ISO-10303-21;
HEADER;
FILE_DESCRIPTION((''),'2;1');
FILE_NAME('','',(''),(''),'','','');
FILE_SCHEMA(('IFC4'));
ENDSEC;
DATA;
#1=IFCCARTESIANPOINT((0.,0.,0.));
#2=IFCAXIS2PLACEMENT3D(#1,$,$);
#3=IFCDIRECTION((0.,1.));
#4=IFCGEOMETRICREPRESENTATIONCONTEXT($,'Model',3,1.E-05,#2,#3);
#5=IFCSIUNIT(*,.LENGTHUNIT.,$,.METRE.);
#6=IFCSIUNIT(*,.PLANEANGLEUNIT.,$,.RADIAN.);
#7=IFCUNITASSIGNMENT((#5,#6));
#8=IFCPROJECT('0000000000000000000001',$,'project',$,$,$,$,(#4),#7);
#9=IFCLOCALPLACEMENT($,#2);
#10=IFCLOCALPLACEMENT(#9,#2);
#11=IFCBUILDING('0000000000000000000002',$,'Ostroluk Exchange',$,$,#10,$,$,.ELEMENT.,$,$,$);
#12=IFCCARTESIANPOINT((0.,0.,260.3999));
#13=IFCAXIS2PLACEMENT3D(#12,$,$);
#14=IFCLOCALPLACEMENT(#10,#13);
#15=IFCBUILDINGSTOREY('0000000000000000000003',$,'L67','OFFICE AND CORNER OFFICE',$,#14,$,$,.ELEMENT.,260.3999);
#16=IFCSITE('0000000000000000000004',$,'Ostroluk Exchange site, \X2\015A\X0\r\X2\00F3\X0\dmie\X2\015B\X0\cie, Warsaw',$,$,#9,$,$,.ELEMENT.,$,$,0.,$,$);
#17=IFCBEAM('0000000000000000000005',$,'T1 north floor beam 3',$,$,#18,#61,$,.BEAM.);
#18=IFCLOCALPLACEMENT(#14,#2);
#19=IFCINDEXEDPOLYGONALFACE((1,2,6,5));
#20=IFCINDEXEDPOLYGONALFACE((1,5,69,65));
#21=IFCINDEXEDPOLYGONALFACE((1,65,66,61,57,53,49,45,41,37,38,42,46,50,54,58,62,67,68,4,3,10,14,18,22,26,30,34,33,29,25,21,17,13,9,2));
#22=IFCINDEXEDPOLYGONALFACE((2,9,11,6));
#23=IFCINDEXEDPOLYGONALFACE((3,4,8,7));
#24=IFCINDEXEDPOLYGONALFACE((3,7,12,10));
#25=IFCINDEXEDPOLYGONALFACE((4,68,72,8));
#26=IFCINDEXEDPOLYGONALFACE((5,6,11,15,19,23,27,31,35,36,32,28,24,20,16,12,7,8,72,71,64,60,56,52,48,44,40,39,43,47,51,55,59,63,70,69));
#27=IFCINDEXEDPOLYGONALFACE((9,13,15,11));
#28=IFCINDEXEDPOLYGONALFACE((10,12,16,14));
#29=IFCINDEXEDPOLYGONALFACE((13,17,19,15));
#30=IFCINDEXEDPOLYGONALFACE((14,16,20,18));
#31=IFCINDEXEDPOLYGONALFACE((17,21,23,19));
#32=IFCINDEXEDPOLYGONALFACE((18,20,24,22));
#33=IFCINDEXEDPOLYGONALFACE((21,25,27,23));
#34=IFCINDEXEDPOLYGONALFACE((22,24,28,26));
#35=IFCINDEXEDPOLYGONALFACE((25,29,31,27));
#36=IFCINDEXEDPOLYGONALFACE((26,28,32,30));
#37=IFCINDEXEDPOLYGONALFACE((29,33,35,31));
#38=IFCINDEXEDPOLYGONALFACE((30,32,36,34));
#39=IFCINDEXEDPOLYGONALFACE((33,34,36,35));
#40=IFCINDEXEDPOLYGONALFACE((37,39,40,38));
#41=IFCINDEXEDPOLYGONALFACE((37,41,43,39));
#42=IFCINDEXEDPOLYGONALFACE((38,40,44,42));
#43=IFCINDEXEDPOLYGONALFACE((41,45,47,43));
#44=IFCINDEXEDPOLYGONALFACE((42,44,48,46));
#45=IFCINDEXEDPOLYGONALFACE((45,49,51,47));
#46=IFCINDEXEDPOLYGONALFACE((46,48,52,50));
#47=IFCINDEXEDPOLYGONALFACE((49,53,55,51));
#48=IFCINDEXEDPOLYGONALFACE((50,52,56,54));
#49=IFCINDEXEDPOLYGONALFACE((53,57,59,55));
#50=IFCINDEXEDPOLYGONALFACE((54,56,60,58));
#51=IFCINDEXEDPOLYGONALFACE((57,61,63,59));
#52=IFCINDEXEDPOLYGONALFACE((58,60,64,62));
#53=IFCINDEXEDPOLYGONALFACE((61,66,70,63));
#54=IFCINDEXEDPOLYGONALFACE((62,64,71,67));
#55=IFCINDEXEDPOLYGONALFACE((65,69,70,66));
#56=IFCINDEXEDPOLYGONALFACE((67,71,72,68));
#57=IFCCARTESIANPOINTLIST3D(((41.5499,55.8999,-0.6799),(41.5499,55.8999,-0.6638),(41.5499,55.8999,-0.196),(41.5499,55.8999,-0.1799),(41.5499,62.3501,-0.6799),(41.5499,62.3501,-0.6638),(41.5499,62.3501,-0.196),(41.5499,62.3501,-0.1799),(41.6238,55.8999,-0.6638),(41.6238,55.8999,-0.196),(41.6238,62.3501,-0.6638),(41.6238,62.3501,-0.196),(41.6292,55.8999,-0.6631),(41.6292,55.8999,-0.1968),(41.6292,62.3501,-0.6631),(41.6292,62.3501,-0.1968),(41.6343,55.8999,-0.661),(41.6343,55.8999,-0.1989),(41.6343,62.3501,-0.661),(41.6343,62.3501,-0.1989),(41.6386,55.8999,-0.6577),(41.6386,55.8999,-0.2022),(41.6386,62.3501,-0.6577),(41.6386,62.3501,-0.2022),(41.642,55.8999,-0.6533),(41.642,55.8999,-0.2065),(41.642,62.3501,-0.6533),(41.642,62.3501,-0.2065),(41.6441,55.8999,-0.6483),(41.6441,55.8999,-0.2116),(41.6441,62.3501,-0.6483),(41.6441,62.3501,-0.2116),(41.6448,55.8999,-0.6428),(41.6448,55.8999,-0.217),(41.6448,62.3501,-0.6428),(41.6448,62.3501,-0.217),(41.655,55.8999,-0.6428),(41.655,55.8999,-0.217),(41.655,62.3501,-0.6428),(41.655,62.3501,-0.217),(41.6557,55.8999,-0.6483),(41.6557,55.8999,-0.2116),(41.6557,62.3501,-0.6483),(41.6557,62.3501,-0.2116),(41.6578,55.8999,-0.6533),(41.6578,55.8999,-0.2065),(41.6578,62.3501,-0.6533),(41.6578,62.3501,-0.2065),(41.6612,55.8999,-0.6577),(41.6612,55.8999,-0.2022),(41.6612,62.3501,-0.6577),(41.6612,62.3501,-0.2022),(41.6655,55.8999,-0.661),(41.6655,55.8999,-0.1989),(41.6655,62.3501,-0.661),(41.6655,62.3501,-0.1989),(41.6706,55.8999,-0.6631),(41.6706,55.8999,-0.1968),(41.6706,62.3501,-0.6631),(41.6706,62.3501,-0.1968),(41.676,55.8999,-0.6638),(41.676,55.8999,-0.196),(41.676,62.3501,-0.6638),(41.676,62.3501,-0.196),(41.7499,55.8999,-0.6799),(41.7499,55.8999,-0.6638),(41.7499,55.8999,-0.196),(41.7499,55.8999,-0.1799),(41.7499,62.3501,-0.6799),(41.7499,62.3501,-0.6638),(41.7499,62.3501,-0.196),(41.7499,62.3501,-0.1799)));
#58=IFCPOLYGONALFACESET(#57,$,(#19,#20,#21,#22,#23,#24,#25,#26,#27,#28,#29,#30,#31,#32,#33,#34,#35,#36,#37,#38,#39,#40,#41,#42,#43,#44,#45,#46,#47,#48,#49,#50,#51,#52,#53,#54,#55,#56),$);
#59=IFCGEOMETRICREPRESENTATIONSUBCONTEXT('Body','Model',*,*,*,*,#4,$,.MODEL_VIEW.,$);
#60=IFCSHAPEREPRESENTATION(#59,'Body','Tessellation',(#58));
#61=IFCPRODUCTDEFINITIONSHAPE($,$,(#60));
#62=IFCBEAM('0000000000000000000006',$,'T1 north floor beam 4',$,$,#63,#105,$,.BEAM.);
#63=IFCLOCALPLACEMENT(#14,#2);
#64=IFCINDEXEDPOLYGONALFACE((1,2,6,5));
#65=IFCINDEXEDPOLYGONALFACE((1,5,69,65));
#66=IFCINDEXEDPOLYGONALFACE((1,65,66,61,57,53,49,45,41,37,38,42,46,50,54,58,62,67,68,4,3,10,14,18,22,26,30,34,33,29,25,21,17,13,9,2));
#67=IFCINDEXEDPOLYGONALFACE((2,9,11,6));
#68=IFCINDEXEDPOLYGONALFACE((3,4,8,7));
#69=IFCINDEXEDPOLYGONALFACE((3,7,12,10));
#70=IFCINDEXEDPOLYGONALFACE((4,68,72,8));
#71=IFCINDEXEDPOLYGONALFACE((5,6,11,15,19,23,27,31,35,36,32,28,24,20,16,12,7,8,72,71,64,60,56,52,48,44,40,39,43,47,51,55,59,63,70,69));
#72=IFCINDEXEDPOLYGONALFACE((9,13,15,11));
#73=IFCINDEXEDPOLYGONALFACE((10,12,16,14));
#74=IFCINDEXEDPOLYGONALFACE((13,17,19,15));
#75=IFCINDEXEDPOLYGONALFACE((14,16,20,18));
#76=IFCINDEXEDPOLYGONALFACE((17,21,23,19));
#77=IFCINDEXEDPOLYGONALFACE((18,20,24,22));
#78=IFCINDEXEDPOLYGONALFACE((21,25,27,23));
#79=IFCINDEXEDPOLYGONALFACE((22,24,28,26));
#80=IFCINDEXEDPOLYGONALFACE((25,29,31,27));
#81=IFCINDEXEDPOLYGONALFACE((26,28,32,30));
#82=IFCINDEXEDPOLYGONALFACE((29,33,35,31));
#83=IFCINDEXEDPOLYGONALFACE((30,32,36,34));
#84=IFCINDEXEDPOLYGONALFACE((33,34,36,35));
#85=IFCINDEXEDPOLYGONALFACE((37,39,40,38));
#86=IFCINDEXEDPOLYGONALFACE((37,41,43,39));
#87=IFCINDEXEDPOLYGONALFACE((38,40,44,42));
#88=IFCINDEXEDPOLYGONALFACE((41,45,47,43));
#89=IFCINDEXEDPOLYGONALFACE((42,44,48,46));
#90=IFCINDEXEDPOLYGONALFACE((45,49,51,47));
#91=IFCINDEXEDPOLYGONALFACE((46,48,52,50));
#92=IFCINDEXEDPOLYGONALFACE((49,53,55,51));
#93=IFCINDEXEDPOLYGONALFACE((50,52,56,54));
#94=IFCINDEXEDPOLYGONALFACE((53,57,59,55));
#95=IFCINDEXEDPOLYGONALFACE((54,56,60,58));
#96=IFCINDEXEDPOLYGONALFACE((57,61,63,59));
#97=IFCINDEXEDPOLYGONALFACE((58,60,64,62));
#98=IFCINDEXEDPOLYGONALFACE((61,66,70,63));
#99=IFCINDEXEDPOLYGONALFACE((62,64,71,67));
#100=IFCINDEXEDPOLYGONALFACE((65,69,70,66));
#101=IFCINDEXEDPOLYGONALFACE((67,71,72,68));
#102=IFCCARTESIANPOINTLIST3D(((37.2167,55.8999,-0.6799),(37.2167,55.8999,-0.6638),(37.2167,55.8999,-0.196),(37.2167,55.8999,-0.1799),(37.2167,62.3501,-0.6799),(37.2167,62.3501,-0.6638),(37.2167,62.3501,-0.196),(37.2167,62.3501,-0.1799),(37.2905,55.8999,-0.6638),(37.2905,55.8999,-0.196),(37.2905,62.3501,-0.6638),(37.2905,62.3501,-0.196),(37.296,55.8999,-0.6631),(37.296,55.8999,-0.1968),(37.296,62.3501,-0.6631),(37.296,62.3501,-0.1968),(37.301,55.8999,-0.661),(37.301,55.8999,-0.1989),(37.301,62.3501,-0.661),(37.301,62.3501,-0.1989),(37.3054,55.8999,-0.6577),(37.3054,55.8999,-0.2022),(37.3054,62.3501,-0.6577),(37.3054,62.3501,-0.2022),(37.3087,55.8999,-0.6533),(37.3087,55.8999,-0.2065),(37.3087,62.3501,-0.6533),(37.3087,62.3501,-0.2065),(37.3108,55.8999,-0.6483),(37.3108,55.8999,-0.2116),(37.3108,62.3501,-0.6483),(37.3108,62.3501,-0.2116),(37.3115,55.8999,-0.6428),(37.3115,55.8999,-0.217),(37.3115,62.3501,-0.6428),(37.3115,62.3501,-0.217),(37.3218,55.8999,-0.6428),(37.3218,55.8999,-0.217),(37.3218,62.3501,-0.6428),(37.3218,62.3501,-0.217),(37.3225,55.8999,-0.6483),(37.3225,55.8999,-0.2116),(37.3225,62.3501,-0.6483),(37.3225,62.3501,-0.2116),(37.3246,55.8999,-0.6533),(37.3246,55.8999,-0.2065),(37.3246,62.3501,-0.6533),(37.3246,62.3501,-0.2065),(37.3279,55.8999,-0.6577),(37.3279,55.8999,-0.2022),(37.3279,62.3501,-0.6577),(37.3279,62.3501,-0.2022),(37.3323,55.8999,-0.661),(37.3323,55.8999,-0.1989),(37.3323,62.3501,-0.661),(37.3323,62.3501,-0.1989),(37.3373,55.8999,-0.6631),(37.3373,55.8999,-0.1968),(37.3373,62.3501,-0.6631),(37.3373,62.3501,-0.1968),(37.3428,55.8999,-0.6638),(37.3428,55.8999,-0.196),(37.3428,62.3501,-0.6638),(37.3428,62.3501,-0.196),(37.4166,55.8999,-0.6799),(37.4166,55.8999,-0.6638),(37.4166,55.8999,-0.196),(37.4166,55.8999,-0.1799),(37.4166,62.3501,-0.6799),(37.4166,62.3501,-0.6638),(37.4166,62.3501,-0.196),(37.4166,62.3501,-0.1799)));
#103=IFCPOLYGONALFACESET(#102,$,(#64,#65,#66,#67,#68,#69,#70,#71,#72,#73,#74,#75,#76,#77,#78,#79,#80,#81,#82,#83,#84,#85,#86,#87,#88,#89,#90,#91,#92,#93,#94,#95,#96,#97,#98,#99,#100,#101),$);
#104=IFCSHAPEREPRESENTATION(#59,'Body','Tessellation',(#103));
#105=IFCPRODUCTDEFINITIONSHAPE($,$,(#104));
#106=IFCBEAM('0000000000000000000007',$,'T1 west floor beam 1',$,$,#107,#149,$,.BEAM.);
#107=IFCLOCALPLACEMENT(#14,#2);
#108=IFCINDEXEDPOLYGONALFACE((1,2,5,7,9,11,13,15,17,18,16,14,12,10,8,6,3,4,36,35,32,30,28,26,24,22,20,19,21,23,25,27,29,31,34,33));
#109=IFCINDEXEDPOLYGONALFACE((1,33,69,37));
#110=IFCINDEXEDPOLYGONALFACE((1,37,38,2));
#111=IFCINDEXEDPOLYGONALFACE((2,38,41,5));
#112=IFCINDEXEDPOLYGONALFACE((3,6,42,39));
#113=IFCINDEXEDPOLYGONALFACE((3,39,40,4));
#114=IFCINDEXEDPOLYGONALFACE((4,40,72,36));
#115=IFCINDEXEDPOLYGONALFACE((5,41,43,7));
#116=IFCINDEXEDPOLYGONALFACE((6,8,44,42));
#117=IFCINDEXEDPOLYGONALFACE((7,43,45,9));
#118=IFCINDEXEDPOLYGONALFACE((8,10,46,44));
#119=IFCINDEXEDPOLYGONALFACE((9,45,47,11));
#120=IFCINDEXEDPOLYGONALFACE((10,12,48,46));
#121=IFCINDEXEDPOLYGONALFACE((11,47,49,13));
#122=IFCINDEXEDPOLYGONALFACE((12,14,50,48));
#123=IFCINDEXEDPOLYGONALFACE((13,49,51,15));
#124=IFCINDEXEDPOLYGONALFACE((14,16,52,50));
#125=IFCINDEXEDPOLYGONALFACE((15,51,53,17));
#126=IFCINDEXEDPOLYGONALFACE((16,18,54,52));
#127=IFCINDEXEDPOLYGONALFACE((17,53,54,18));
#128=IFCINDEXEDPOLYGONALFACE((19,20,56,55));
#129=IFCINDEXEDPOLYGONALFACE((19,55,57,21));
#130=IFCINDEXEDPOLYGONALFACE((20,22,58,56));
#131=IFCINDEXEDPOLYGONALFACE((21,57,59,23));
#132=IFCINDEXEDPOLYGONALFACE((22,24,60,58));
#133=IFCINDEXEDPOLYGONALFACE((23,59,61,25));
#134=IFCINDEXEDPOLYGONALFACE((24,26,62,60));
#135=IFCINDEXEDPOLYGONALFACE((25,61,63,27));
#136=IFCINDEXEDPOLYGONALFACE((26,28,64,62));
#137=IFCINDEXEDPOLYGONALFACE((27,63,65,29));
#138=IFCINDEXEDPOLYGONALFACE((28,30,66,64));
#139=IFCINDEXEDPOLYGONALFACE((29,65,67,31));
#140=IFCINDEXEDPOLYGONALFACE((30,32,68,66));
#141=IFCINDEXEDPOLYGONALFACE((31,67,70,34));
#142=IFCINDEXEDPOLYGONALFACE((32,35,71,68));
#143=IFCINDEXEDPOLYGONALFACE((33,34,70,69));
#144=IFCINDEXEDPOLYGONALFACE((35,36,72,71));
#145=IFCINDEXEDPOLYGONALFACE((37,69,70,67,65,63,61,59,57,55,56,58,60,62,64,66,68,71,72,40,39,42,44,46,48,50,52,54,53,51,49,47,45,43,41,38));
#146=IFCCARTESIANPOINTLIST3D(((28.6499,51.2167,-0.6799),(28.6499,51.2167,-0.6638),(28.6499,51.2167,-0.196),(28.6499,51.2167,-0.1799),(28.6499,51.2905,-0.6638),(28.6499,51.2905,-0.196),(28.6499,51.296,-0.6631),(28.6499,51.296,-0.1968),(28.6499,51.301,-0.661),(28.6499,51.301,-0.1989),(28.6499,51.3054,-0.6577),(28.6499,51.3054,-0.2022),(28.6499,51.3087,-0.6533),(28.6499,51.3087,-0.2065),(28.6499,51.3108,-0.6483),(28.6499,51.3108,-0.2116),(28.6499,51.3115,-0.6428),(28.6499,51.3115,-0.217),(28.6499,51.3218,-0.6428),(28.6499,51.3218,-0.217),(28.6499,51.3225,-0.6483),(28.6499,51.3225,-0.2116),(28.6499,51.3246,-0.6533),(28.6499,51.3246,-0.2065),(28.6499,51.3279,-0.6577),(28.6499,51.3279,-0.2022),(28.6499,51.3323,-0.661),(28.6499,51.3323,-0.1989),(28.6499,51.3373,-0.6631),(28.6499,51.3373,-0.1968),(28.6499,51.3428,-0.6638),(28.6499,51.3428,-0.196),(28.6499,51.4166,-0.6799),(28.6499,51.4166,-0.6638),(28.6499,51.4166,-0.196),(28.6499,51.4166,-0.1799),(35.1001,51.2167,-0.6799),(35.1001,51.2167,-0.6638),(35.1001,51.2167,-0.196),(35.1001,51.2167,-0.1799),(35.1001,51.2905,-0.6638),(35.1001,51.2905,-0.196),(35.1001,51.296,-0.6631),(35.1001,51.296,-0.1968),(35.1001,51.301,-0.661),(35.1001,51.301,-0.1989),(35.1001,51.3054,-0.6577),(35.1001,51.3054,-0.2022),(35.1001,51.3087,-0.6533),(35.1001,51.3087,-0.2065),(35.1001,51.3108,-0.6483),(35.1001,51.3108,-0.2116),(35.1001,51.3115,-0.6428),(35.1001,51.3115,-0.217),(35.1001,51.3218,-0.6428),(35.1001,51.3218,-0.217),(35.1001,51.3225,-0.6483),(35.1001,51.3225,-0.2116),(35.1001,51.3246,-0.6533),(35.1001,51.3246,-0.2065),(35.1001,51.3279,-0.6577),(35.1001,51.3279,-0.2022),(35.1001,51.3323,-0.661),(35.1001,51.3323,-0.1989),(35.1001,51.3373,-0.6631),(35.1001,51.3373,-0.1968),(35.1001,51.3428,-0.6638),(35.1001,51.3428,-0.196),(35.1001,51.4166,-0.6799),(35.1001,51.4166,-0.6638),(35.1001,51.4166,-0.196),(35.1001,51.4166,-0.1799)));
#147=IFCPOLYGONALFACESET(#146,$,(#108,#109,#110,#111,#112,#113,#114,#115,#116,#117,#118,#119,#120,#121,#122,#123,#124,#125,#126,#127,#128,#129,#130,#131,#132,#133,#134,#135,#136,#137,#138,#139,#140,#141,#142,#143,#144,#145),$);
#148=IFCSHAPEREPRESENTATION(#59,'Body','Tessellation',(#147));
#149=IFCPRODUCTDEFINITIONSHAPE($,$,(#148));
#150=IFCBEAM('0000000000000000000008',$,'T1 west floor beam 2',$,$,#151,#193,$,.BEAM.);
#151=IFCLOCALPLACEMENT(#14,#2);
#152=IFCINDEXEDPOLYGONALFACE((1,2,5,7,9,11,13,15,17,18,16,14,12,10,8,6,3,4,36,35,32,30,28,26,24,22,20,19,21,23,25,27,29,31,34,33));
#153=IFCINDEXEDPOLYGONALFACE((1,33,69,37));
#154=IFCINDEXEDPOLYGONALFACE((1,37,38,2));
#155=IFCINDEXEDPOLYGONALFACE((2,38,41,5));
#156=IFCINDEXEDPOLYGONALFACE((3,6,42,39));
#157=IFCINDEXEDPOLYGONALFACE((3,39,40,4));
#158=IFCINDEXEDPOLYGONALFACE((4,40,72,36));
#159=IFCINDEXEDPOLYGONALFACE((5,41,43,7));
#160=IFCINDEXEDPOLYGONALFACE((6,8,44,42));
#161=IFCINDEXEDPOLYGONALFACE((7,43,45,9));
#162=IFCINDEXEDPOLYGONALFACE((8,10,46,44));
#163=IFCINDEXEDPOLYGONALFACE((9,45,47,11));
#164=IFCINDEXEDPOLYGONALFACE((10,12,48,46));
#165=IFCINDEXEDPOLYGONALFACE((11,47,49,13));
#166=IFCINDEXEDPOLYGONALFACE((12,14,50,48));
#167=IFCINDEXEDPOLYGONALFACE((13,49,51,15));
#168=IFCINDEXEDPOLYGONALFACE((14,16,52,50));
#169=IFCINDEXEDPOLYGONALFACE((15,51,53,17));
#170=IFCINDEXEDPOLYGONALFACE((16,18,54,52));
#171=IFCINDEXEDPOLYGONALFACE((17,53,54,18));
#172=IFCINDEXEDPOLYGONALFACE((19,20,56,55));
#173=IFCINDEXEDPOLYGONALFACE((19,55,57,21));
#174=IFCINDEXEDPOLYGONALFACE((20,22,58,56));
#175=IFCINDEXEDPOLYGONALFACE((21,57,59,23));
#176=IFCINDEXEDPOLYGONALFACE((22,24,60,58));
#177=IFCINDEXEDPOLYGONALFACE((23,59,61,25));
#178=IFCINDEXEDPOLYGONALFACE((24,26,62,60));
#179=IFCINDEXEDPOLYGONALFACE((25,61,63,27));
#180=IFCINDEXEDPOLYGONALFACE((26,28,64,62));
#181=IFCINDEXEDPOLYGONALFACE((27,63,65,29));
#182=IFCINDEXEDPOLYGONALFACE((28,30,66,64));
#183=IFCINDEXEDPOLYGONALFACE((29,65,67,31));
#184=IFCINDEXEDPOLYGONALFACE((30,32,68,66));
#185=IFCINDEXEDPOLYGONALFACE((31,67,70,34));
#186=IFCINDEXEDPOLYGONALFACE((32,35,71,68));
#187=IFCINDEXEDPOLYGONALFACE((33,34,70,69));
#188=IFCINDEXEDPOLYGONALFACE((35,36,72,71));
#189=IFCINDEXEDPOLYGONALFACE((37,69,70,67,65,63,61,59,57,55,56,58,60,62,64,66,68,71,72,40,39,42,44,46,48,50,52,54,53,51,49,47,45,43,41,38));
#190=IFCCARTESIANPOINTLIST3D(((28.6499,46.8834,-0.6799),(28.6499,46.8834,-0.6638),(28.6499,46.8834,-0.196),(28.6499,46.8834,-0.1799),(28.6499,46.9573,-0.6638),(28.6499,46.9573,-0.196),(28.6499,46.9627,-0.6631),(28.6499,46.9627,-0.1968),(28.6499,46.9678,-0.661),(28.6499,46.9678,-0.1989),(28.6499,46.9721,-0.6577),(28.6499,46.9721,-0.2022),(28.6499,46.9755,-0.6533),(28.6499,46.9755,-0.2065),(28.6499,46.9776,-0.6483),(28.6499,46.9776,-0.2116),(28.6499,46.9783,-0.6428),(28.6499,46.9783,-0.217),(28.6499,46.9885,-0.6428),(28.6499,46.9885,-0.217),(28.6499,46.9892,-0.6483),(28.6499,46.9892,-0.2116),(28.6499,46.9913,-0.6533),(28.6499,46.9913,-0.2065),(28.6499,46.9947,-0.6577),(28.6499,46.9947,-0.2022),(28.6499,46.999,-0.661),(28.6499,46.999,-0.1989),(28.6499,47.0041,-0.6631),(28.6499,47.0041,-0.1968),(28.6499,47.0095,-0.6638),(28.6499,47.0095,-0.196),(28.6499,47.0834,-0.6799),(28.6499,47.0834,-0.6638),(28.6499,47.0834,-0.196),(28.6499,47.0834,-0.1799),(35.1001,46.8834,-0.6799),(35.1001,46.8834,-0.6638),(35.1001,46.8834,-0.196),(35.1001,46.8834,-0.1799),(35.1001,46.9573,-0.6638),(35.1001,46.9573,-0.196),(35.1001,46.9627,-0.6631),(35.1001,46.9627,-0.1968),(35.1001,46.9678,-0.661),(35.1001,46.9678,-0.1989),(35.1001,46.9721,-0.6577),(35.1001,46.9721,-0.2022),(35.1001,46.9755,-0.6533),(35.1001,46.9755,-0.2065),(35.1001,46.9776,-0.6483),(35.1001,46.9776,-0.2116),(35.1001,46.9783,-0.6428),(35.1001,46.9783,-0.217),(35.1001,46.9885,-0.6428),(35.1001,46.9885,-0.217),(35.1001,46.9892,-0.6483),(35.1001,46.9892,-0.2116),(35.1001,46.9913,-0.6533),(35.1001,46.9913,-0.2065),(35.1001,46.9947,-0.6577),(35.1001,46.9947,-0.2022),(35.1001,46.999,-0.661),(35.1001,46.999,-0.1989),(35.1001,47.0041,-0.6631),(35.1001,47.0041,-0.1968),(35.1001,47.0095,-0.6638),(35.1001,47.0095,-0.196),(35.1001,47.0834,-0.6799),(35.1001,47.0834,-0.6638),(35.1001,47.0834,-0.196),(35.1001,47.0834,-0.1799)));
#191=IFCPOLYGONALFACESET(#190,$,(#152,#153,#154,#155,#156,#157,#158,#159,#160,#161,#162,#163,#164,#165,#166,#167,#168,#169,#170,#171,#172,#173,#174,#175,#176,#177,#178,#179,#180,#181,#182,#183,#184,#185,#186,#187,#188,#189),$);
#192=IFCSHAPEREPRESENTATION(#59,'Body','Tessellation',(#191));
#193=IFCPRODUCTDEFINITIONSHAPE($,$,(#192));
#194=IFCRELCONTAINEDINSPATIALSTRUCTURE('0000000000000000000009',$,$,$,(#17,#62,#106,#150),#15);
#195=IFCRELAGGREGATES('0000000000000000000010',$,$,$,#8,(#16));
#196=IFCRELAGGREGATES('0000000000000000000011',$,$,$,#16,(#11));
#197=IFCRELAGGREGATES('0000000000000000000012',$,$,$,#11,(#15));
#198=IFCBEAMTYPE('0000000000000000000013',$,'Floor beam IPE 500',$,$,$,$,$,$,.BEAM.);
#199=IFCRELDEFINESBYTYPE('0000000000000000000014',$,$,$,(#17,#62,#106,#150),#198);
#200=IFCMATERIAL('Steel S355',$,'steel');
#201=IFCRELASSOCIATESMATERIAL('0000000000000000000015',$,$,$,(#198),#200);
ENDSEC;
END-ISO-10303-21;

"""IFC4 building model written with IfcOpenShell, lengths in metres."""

from ifc_helpers import new_model, si_unit, direction, frame, origin, origin_2d, place, context, subcontext, project, spatial, i_section, extrude, material, material_profile, profile_set, type_object, element, save


model = new_model("IFC4")

# Units and contexts
model_context = context("Model", 3, precision=1e-05, world=origin(), true_north=direction((0.0, 1.0)))
body_context = subcontext(model_context, "Body", "Model", "MODEL_VIEW")
ifc_project = project(units=[si_unit("LENGTHUNIT", "METRE"), si_unit("PLANEANGLEUNIT", "RADIAN")], contexts=[model_context])

# Site, building, storey
site_placement = place(None, origin())
site = spatial("IfcSite", under=ifc_project, at=site_placement, Name="Ostroluk Exchange site, Śródmieście, Warsaw", CompositionType="ELEMENT", RefElevation=0.0)
building_placement = place(site_placement, origin())
building = spatial("IfcBuilding", under=site, at=building_placement, Name="Ostroluk Exchange", CompositionType="ELEMENT")
storey_placement = place(building_placement, frame((0.0, 0.0, 260.3999)))
storey = spatial("IfcBuildingStorey", under=building, at=storey_placement, Name="L67", Description="OFFICE AND CORNER OFFICE", CompositionType="ELEMENT", Elevation=260.3999)

# Beams
ifc_material_1 = material(Name="Steel S355", Category="steel")
ifc_material_profile_1 = material_profile(ifc_material_1, i_section(OverallWidth=0.2, OverallDepth=0.5, WebThickness=0.0103, FlangeThickness=0.0161, FilletRadius=0.021, at=origin_2d()), Name="IPE 500")
ifc_profile_set_1 = profile_set([ifc_material_profile_1], Name="Steel S355")
beam_type_1 = type_object("IfcBeamType", Name="Floor beam IPE 500", PredefinedType="BEAM", material=ifc_profile_set_1)
for number, where, z_axis, x_axis, name in (
    (1, (41.6499, 55.8999, -0.4299), (0.0, 1.0, 0.0), (-1.0, 0.0, 0.0), "T1 north floor beam 3"),
    (2, (37.3167, 55.8999, -0.4299), (0.0, 1.0, 0.0), (-1.0, 0.0, 0.0), "T1 north floor beam 4"),
    (3, (35.1001, 51.3167, -0.4299), (-1.0, 0.0, 0.0), (0.0, -1.0, 0.0), "T1 west floor beam 1"),
    (4, (35.1001, 46.9834, -0.4299), (-1.0, 0.0, 0.0), (0.0, -1.0, 0.0), "T1 west floor beam 2"),
):
    element("IfcBeam", number, at=place(storey_placement, frame(where, z_axis=z_axis, x_axis=x_axis)), inside=storey, type_object=beam_type_1, Name=name, PredefinedType="BEAM", context=body_context, shape_type="SweptSolid", body=[
        extrude(i_section(OverallWidth=0.2, OverallDepth=0.5, WebThickness=0.0103, FlangeThickness=0.0161, FilletRadius=0.021, at=origin_2d()), origin(), (0.0, 0.0, 1.0), 6.4502),
    ])

save(model, "model.ifc")
